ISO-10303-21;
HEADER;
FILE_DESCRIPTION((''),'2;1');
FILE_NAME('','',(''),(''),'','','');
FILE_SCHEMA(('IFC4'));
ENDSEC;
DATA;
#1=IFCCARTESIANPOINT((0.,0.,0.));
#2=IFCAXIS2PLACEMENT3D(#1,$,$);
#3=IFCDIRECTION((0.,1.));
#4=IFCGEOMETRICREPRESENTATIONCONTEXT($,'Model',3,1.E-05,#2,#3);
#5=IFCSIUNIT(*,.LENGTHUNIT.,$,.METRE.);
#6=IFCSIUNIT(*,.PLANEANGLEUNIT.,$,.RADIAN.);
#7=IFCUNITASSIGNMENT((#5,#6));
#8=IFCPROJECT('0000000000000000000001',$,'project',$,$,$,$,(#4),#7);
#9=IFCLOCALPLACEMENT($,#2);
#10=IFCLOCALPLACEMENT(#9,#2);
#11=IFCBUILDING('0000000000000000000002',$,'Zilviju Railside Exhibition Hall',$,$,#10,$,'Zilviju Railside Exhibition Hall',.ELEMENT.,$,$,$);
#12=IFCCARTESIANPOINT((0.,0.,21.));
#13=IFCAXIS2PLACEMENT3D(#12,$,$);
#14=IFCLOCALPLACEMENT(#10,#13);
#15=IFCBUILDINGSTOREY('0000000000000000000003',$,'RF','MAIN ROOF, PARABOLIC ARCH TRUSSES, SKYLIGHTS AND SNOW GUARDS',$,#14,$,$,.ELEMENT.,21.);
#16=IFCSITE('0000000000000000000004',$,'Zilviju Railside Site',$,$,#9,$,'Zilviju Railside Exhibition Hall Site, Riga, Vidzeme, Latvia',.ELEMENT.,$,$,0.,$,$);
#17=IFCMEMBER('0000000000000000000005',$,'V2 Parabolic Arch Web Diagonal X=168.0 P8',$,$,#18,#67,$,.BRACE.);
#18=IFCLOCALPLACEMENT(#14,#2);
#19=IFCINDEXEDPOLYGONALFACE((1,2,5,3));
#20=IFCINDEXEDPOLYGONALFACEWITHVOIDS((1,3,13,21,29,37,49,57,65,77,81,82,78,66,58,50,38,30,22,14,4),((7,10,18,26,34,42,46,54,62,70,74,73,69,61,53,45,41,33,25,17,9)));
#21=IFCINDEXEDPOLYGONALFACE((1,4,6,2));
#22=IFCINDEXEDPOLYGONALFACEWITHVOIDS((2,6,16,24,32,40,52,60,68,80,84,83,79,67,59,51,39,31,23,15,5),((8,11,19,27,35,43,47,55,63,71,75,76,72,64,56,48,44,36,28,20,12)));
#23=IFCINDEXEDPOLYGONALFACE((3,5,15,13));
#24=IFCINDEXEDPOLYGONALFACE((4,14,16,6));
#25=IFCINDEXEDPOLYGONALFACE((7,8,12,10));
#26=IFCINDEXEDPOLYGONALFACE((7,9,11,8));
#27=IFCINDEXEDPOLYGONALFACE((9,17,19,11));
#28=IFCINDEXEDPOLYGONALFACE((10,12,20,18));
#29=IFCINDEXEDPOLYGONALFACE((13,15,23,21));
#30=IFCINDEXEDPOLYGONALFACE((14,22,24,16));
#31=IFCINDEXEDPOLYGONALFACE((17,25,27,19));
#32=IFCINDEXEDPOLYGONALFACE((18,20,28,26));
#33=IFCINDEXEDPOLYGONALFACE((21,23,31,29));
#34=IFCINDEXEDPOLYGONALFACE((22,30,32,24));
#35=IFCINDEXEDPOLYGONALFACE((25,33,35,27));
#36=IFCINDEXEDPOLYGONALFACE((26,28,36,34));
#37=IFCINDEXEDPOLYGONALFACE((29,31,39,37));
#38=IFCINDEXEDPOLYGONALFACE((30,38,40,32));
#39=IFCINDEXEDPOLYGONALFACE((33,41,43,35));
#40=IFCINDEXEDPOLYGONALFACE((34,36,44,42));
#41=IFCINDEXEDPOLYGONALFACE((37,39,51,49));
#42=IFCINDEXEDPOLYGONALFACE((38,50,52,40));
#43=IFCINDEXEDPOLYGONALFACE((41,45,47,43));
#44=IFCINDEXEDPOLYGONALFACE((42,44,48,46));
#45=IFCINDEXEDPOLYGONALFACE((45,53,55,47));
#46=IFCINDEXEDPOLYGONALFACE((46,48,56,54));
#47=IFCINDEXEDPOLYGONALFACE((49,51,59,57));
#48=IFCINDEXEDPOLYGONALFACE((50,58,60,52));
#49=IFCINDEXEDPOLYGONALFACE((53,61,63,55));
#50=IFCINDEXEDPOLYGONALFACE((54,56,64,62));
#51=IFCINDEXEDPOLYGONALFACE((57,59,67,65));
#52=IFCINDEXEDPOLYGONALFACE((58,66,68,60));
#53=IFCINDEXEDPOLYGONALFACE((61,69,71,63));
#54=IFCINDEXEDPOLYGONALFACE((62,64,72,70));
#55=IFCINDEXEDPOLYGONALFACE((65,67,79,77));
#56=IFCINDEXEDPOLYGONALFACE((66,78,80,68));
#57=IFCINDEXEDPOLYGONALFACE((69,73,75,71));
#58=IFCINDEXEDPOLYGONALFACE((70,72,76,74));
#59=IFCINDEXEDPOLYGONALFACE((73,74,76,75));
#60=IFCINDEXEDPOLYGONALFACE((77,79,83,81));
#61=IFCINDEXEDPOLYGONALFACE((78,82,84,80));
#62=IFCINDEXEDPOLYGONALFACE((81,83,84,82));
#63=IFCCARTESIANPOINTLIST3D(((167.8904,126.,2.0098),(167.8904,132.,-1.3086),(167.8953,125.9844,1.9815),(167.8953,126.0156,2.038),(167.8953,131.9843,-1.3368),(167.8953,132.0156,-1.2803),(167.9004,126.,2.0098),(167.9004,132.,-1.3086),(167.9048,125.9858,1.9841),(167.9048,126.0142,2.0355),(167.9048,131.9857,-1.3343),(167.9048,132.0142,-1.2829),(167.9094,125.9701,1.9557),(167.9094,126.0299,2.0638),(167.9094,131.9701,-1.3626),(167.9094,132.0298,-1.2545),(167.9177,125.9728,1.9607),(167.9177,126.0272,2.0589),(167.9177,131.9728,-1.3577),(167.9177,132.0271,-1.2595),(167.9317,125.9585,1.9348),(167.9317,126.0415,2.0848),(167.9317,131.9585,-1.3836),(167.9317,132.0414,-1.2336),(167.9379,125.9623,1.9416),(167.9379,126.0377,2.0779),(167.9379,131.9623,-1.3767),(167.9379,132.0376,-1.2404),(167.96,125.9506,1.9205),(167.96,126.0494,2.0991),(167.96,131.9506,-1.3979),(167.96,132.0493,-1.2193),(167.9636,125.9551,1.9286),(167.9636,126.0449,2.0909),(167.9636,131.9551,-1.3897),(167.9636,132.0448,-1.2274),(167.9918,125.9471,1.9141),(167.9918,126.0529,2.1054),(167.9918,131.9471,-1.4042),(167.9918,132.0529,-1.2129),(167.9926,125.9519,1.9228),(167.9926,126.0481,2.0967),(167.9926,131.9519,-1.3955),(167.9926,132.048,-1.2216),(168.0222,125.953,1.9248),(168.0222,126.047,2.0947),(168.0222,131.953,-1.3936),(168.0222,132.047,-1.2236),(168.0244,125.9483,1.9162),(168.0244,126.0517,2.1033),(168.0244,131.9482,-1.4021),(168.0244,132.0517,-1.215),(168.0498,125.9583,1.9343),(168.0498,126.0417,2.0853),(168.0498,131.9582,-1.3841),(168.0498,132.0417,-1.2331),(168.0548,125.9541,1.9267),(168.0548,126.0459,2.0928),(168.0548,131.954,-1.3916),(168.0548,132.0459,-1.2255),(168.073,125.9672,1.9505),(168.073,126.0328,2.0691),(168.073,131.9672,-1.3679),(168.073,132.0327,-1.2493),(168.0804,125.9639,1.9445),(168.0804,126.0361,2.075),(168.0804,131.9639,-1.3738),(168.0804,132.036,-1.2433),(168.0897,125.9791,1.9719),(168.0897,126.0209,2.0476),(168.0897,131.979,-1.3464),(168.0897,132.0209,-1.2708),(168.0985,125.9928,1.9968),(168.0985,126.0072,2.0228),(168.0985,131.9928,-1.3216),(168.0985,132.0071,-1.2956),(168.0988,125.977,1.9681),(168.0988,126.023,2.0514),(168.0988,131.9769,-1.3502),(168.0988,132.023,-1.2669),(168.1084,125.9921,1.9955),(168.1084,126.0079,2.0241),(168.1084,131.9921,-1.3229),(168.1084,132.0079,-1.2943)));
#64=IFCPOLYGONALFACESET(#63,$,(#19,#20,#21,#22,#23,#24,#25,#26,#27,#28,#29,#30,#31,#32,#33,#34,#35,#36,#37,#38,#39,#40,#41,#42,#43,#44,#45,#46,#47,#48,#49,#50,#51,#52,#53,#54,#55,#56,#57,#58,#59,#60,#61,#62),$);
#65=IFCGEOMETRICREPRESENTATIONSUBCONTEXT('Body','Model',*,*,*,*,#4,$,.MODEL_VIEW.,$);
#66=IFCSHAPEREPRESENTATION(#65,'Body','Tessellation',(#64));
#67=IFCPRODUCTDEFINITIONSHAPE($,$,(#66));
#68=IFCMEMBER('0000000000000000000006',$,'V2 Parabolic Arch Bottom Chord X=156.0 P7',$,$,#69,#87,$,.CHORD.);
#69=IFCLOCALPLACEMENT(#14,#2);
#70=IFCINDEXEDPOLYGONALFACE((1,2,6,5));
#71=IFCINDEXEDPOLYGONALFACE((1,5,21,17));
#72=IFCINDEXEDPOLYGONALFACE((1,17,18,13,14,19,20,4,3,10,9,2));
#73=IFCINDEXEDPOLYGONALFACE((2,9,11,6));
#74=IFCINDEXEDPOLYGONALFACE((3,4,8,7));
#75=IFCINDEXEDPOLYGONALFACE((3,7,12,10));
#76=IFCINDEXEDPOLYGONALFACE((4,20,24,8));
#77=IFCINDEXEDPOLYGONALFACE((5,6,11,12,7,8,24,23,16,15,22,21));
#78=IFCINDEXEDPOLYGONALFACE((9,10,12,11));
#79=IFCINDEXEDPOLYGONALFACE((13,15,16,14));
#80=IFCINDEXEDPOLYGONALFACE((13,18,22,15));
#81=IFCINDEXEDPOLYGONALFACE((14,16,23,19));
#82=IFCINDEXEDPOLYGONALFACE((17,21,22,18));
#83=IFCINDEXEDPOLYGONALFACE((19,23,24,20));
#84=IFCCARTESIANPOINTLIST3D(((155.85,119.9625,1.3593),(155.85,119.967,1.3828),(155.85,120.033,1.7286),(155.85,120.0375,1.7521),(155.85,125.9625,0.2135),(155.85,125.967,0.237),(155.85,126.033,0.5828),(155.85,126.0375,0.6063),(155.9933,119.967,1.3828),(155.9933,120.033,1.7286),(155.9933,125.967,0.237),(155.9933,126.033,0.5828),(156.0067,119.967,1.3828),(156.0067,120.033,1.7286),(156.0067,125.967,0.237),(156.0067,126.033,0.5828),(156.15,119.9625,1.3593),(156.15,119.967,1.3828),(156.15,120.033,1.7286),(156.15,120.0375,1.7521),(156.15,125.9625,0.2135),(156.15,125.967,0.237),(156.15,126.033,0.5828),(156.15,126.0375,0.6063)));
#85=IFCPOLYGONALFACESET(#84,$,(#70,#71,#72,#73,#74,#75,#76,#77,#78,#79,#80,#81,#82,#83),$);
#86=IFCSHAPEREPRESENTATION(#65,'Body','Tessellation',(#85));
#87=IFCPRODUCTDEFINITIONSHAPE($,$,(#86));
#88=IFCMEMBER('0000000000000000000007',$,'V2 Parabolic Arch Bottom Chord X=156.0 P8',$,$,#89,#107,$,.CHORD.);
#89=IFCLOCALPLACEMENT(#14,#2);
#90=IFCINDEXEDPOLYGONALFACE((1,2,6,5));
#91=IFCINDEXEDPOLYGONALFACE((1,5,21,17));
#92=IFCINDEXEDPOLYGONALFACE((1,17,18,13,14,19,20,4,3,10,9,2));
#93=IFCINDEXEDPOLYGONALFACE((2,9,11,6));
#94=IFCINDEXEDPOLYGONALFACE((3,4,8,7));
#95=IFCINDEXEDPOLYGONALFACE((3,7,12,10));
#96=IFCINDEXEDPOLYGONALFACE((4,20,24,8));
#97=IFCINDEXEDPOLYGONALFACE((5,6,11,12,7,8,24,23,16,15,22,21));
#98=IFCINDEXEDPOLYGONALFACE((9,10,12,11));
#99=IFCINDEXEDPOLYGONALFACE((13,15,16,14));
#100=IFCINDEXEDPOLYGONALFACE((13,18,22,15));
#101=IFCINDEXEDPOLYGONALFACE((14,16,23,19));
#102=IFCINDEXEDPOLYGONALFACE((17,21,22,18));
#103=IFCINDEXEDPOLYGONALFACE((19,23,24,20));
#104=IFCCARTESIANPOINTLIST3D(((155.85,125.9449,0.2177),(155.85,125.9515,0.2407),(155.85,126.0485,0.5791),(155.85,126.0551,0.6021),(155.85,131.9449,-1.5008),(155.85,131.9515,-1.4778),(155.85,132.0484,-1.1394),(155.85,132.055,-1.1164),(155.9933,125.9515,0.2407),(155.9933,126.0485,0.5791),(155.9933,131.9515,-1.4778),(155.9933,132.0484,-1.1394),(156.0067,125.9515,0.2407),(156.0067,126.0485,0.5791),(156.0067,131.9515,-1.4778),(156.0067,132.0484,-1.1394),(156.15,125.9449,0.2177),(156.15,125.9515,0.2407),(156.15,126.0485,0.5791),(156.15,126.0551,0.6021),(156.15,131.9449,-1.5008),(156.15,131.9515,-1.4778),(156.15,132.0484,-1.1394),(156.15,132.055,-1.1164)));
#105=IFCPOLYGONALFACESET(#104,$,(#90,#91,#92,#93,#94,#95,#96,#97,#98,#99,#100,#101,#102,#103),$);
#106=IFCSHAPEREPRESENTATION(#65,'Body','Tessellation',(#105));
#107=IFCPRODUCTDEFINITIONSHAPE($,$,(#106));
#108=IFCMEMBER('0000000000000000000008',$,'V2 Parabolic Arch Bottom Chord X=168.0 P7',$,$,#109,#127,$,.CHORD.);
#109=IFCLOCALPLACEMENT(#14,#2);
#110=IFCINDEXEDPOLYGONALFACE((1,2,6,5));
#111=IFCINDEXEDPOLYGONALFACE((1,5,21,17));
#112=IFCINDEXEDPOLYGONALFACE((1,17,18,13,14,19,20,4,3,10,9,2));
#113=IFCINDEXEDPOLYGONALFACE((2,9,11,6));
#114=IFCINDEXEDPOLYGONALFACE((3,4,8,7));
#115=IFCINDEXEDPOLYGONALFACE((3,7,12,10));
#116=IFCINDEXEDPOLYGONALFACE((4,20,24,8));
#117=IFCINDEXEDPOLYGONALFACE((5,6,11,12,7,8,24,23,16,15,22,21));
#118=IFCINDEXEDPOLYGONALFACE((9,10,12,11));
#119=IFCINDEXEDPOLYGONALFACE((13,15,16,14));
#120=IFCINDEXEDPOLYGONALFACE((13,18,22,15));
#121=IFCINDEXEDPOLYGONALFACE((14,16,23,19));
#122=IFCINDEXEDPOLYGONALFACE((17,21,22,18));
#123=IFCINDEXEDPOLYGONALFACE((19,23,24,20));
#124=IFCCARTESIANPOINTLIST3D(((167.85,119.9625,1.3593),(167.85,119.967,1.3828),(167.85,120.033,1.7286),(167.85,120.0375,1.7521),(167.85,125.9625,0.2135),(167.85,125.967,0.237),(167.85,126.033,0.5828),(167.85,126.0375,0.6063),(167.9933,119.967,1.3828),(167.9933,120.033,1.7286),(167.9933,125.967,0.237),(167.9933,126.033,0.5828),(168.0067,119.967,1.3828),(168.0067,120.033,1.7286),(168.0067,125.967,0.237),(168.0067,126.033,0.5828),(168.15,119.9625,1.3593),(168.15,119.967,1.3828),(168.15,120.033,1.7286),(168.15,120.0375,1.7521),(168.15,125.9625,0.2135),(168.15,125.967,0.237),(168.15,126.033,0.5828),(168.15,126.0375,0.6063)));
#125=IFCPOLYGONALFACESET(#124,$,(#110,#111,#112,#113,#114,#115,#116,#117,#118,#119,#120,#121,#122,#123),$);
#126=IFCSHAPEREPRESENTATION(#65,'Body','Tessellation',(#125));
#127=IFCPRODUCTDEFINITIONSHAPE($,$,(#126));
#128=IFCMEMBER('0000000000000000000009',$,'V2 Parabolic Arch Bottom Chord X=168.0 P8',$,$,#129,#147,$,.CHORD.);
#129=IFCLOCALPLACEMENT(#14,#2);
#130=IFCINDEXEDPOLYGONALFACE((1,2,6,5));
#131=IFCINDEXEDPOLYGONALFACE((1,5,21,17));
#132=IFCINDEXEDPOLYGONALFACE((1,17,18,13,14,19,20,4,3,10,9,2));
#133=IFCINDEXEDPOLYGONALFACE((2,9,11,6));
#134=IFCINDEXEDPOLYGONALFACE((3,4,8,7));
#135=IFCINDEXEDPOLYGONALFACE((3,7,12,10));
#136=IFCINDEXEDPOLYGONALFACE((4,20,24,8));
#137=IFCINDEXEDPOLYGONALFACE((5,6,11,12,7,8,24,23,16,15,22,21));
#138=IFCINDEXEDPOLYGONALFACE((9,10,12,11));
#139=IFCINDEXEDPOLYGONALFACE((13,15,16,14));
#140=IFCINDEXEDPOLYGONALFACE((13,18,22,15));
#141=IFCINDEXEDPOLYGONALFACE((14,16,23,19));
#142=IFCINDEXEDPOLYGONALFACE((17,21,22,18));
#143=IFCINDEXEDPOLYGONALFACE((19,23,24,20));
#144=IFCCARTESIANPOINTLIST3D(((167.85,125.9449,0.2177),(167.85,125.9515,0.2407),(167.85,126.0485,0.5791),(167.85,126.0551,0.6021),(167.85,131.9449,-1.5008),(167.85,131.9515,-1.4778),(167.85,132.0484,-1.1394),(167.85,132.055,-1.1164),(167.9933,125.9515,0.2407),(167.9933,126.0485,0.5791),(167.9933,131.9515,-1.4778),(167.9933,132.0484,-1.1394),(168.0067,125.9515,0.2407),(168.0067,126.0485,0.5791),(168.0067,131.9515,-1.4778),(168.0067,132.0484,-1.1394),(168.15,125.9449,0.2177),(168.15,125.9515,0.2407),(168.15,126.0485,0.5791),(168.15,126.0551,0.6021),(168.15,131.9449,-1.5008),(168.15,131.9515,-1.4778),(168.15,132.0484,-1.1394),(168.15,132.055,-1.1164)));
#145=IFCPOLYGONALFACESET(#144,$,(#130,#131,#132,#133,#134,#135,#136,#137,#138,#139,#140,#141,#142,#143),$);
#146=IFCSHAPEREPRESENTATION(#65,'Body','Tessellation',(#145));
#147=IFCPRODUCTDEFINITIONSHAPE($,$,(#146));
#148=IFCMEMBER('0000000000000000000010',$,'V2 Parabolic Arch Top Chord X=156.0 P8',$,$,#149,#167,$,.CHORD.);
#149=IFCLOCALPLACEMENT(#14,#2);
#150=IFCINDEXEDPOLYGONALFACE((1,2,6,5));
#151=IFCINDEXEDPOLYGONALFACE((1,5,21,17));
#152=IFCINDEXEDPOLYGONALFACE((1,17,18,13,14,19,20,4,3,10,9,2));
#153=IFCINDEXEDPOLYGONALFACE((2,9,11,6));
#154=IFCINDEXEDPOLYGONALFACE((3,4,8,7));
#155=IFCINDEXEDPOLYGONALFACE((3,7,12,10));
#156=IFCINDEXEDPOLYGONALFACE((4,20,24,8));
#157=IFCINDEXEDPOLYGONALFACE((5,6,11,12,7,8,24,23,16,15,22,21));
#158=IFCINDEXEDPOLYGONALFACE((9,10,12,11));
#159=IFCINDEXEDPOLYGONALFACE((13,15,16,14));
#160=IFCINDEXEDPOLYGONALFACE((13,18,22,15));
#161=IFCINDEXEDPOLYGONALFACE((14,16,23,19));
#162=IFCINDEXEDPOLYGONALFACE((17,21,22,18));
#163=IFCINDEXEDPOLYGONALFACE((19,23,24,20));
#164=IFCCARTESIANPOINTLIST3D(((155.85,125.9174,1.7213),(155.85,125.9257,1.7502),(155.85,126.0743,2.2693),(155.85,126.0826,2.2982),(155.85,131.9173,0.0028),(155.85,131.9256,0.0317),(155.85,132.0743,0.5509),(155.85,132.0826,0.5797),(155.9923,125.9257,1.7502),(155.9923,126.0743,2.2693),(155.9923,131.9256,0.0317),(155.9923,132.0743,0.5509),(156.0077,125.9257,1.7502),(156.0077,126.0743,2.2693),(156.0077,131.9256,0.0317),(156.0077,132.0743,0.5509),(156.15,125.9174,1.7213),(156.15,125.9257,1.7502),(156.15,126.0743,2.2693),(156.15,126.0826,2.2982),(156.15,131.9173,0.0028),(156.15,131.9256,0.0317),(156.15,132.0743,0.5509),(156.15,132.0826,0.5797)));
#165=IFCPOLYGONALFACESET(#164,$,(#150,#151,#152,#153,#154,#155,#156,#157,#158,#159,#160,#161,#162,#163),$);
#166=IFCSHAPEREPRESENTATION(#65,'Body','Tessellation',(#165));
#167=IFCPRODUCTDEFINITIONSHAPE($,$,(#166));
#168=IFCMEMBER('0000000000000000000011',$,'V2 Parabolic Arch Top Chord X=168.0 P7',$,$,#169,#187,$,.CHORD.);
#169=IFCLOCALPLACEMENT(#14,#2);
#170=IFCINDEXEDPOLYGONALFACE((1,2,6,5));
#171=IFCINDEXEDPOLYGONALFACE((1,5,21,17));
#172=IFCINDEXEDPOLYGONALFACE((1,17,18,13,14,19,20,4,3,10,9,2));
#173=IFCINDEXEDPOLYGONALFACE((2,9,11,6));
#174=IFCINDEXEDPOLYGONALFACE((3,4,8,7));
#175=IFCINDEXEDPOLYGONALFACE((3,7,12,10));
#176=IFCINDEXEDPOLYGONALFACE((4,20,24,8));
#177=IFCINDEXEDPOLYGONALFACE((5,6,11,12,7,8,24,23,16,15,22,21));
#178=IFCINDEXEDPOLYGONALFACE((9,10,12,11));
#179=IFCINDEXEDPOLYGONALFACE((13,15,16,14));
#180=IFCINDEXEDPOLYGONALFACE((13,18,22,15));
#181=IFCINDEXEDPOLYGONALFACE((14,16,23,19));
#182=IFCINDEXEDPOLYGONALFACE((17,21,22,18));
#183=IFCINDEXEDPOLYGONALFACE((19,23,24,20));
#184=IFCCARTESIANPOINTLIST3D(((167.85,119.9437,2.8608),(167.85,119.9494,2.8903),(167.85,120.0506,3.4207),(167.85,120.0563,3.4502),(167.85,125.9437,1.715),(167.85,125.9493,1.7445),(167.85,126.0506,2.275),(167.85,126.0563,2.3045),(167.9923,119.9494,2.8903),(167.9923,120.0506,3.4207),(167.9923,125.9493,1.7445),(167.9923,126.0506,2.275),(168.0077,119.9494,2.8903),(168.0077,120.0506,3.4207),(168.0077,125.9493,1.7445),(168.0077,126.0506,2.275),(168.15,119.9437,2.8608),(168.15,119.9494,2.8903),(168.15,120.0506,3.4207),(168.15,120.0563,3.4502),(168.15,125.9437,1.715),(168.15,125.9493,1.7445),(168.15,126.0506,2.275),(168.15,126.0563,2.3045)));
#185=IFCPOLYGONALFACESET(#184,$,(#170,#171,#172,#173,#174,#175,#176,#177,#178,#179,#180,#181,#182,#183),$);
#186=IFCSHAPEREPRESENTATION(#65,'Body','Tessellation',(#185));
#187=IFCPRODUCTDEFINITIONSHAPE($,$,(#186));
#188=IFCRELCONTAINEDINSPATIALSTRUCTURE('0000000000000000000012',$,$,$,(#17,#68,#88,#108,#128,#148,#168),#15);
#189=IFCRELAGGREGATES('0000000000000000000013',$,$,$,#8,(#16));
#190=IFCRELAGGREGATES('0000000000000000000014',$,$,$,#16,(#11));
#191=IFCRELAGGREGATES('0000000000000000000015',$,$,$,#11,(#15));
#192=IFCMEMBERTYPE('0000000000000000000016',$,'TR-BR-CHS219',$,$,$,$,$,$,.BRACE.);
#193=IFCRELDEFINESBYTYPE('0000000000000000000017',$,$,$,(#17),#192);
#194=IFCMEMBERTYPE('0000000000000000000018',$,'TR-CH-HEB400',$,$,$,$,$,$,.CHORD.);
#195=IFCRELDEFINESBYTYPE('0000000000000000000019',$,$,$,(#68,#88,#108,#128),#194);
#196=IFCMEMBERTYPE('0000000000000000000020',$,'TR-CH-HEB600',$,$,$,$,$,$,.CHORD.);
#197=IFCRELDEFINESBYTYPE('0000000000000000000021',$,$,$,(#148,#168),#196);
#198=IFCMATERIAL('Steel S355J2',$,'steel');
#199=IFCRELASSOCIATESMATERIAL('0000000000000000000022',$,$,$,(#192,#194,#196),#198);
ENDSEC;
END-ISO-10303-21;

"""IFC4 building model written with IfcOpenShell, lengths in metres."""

from ifc_helpers import new_model, si_unit, direction, frame, origin, origin_2d, place, context, subcontext, project, spatial, hollow_circle, i_section, extrude, material, material_profile, profile_set, type_object, element, save


model = new_model("IFC4")

# Units and contexts
model_context = context("Model", 3, precision=1e-05, world=origin(), true_north=direction((0.0, 1.0)))
body_context = subcontext(model_context, "Body", "Model", "MODEL_VIEW")
ifc_project = project(units=[si_unit("LENGTHUNIT", "METRE"), si_unit("PLANEANGLEUNIT", "RADIAN")], contexts=[model_context])

# Site, building, storey
site_placement = place(None, origin())
site = spatial("IfcSite", under=ifc_project, at=site_placement, Name="Zilviju Railside Site", LongName="Zilviju Railside Exhibition Hall Site, Riga, Vidzeme, Latvia", CompositionType="ELEMENT", RefElevation=0.0)
building_placement = place(site_placement, origin())
building = spatial("IfcBuilding", under=site, at=building_placement, Name="Zilviju Railside Exhibition Hall", LongName="Zilviju Railside Exhibition Hall", CompositionType="ELEMENT")
storey_placement = place(building_placement, frame((0.0, 0.0, 21.0)))
storey = spatial("IfcBuildingStorey", under=building, at=storey_placement, Name="RF", Description="MAIN ROOF, PARABOLIC ARCH TRUSSES, SKYLIGHTS AND SNOW GUARDS", CompositionType="ELEMENT", Elevation=21.0)

# Members
ifc_material_1 = material(Name="Steel S355J2", Category="steel")
ifc_material_profile_1 = material_profile(ifc_material_1, hollow_circle(Radius=0.1096, WallThickness=0.01, at=origin_2d()), Name="CHS 219.1x10.0")
ifc_profile_set_1 = profile_set([ifc_material_profile_1], Name="Steel S355J2")
member_type_1 = type_object("IfcMemberType", Name="TR-BR-CHS219", PredefinedType="BRACE", material=ifc_profile_set_1)
member_1_placement = place(storey_placement, frame((168.0, 126.0, 2.0098), z_axis=(0.0, 0.875083, -0.483973), x_axis=(-1.0, 0.0, 0.0)))
element("IfcMember", 1, at=member_1_placement, inside=storey, type_object=member_type_1, Name="V2 Parabolic Arch Web Diagonal X=168.0 P8", PredefinedType="BRACE", context=body_context, shape_type="SweptSolid", body=[
    extrude(hollow_circle(Radius=0.1096, WallThickness=0.01, at=origin_2d()), origin(), (0.0, 0.0, 1.0), 6.8564),
])
ifc_material_profile_2 = material_profile(ifc_material_1, i_section(OverallWidth=0.3, OverallDepth=0.3999, WebThickness=0.0134, FlangeThickness=0.0239, at=origin_2d()), Name="HEB 400")
ifc_profile_set_2 = profile_set([ifc_material_profile_2], Name="Steel S355J2")
member_type_2 = type_object("IfcMemberType", Name="TR-CH-HEB400", PredefinedType="CHORD", material=ifc_profile_set_2)
member_2_placement = place(storey_placement, frame((156.0, 120.0, 1.5557), z_axis=(0.0, 0.982251, -0.187569), x_axis=(-1.0, 0.0, 0.0)))
element("IfcMember", 2, at=member_2_placement, inside=storey, type_object=member_type_2, Name="V2 Parabolic Arch Bottom Chord X=156.0 P7", PredefinedType="CHORD", context=body_context, shape_type="SweptSolid", body=[
    extrude(i_section(OverallWidth=0.3, OverallDepth=0.3999, WebThickness=0.0134, FlangeThickness=0.0239, at=origin_2d()), origin(), (0.0, 0.0, 1.0), 6.1084),
])
member_3_placement = place(storey_placement, frame((156.0, 126.0, 0.4099), z_axis=(0.0, 0.961345, -0.275346), x_axis=(-1.0, 0.0, 0.0)))
element("IfcMember", 3, at=member_3_placement, inside=storey, type_object=member_type_2, Name="V2 Parabolic Arch Bottom Chord X=156.0 P8", PredefinedType="CHORD", context=body_context, shape_type="SweptSolid", body=[
    extrude(i_section(OverallWidth=0.3, OverallDepth=0.3999, WebThickness=0.0134, FlangeThickness=0.0239, at=origin_2d()), origin(), (0.0, 0.0, 1.0), 6.2412),
])
member_4_placement = place(storey_placement, frame((168.0, 120.0, 1.5557), z_axis=(0.0, 0.982251, -0.187569), x_axis=(-1.0, 0.0, 0.0)))
element("IfcMember", 4, at=member_4_placement, inside=storey, type_object=member_type_2, Name="V2 Parabolic Arch Bottom Chord X=168.0 P7", PredefinedType="CHORD", context=body_context, shape_type="SweptSolid", body=[
    extrude(i_section(OverallWidth=0.3, OverallDepth=0.3999, WebThickness=0.0134, FlangeThickness=0.0239, at=origin_2d()), origin(), (0.0, 0.0, 1.0), 6.1084),
])
member_5_placement = place(storey_placement, frame((168.0, 126.0, 0.4099), z_axis=(0.0, 0.961345, -0.275346), x_axis=(-1.0, 0.0, 0.0)))
element("IfcMember", 5, at=member_5_placement, inside=storey, type_object=member_type_2, Name="V2 Parabolic Arch Bottom Chord X=168.0 P8", PredefinedType="CHORD", context=body_context, shape_type="SweptSolid", body=[
    extrude(i_section(OverallWidth=0.3, OverallDepth=0.3999, WebThickness=0.0134, FlangeThickness=0.0239, at=origin_2d()), origin(), (0.0, 0.0, 1.0), 6.2412),
])
ifc_material_profile_3 = material_profile(ifc_material_1, i_section(OverallWidth=0.3, OverallDepth=0.6001, WebThickness=0.0154, FlangeThickness=0.03, at=origin_2d()), Name="HEB 600")
ifc_profile_set_3 = profile_set([ifc_material_profile_3], Name="Steel S355J2")
member_type_3 = type_object("IfcMemberType", Name="TR-CH-HEB600", PredefinedType="CHORD", material=ifc_profile_set_3)
member_6_placement = place(storey_placement, frame((156.0, 126.0, 2.0098), z_axis=(0.0, 0.961345, -0.275346), x_axis=(-1.0, 0.0, 0.0)))
element("IfcMember", 6, at=member_6_placement, inside=storey, type_object=member_type_3, Name="V2 Parabolic Arch Top Chord X=156.0 P8", PredefinedType="CHORD", context=body_context, shape_type="SweptSolid", body=[
    extrude(i_section(OverallWidth=0.3, OverallDepth=0.6001, WebThickness=0.0154, FlangeThickness=0.03, at=origin_2d()), origin(), (0.0, 0.0, 1.0), 6.2412),
])
member_7_placement = place(storey_placement, frame((168.0, 120.0, 3.1555), z_axis=(0.0, 0.982251, -0.187569), x_axis=(-1.0, 0.0, 0.0)))
element("IfcMember", 7, at=member_7_placement, inside=storey, type_object=member_type_3, Name="V2 Parabolic Arch Top Chord X=168.0 P7", PredefinedType="CHORD", context=body_context, shape_type="SweptSolid", body=[
    extrude(i_section(OverallWidth=0.3, OverallDepth=0.6001, WebThickness=0.0154, FlangeThickness=0.03, at=origin_2d()), origin(), (0.0, 0.0, 1.0), 6.1084),
])

save(model, "model.ifc")
